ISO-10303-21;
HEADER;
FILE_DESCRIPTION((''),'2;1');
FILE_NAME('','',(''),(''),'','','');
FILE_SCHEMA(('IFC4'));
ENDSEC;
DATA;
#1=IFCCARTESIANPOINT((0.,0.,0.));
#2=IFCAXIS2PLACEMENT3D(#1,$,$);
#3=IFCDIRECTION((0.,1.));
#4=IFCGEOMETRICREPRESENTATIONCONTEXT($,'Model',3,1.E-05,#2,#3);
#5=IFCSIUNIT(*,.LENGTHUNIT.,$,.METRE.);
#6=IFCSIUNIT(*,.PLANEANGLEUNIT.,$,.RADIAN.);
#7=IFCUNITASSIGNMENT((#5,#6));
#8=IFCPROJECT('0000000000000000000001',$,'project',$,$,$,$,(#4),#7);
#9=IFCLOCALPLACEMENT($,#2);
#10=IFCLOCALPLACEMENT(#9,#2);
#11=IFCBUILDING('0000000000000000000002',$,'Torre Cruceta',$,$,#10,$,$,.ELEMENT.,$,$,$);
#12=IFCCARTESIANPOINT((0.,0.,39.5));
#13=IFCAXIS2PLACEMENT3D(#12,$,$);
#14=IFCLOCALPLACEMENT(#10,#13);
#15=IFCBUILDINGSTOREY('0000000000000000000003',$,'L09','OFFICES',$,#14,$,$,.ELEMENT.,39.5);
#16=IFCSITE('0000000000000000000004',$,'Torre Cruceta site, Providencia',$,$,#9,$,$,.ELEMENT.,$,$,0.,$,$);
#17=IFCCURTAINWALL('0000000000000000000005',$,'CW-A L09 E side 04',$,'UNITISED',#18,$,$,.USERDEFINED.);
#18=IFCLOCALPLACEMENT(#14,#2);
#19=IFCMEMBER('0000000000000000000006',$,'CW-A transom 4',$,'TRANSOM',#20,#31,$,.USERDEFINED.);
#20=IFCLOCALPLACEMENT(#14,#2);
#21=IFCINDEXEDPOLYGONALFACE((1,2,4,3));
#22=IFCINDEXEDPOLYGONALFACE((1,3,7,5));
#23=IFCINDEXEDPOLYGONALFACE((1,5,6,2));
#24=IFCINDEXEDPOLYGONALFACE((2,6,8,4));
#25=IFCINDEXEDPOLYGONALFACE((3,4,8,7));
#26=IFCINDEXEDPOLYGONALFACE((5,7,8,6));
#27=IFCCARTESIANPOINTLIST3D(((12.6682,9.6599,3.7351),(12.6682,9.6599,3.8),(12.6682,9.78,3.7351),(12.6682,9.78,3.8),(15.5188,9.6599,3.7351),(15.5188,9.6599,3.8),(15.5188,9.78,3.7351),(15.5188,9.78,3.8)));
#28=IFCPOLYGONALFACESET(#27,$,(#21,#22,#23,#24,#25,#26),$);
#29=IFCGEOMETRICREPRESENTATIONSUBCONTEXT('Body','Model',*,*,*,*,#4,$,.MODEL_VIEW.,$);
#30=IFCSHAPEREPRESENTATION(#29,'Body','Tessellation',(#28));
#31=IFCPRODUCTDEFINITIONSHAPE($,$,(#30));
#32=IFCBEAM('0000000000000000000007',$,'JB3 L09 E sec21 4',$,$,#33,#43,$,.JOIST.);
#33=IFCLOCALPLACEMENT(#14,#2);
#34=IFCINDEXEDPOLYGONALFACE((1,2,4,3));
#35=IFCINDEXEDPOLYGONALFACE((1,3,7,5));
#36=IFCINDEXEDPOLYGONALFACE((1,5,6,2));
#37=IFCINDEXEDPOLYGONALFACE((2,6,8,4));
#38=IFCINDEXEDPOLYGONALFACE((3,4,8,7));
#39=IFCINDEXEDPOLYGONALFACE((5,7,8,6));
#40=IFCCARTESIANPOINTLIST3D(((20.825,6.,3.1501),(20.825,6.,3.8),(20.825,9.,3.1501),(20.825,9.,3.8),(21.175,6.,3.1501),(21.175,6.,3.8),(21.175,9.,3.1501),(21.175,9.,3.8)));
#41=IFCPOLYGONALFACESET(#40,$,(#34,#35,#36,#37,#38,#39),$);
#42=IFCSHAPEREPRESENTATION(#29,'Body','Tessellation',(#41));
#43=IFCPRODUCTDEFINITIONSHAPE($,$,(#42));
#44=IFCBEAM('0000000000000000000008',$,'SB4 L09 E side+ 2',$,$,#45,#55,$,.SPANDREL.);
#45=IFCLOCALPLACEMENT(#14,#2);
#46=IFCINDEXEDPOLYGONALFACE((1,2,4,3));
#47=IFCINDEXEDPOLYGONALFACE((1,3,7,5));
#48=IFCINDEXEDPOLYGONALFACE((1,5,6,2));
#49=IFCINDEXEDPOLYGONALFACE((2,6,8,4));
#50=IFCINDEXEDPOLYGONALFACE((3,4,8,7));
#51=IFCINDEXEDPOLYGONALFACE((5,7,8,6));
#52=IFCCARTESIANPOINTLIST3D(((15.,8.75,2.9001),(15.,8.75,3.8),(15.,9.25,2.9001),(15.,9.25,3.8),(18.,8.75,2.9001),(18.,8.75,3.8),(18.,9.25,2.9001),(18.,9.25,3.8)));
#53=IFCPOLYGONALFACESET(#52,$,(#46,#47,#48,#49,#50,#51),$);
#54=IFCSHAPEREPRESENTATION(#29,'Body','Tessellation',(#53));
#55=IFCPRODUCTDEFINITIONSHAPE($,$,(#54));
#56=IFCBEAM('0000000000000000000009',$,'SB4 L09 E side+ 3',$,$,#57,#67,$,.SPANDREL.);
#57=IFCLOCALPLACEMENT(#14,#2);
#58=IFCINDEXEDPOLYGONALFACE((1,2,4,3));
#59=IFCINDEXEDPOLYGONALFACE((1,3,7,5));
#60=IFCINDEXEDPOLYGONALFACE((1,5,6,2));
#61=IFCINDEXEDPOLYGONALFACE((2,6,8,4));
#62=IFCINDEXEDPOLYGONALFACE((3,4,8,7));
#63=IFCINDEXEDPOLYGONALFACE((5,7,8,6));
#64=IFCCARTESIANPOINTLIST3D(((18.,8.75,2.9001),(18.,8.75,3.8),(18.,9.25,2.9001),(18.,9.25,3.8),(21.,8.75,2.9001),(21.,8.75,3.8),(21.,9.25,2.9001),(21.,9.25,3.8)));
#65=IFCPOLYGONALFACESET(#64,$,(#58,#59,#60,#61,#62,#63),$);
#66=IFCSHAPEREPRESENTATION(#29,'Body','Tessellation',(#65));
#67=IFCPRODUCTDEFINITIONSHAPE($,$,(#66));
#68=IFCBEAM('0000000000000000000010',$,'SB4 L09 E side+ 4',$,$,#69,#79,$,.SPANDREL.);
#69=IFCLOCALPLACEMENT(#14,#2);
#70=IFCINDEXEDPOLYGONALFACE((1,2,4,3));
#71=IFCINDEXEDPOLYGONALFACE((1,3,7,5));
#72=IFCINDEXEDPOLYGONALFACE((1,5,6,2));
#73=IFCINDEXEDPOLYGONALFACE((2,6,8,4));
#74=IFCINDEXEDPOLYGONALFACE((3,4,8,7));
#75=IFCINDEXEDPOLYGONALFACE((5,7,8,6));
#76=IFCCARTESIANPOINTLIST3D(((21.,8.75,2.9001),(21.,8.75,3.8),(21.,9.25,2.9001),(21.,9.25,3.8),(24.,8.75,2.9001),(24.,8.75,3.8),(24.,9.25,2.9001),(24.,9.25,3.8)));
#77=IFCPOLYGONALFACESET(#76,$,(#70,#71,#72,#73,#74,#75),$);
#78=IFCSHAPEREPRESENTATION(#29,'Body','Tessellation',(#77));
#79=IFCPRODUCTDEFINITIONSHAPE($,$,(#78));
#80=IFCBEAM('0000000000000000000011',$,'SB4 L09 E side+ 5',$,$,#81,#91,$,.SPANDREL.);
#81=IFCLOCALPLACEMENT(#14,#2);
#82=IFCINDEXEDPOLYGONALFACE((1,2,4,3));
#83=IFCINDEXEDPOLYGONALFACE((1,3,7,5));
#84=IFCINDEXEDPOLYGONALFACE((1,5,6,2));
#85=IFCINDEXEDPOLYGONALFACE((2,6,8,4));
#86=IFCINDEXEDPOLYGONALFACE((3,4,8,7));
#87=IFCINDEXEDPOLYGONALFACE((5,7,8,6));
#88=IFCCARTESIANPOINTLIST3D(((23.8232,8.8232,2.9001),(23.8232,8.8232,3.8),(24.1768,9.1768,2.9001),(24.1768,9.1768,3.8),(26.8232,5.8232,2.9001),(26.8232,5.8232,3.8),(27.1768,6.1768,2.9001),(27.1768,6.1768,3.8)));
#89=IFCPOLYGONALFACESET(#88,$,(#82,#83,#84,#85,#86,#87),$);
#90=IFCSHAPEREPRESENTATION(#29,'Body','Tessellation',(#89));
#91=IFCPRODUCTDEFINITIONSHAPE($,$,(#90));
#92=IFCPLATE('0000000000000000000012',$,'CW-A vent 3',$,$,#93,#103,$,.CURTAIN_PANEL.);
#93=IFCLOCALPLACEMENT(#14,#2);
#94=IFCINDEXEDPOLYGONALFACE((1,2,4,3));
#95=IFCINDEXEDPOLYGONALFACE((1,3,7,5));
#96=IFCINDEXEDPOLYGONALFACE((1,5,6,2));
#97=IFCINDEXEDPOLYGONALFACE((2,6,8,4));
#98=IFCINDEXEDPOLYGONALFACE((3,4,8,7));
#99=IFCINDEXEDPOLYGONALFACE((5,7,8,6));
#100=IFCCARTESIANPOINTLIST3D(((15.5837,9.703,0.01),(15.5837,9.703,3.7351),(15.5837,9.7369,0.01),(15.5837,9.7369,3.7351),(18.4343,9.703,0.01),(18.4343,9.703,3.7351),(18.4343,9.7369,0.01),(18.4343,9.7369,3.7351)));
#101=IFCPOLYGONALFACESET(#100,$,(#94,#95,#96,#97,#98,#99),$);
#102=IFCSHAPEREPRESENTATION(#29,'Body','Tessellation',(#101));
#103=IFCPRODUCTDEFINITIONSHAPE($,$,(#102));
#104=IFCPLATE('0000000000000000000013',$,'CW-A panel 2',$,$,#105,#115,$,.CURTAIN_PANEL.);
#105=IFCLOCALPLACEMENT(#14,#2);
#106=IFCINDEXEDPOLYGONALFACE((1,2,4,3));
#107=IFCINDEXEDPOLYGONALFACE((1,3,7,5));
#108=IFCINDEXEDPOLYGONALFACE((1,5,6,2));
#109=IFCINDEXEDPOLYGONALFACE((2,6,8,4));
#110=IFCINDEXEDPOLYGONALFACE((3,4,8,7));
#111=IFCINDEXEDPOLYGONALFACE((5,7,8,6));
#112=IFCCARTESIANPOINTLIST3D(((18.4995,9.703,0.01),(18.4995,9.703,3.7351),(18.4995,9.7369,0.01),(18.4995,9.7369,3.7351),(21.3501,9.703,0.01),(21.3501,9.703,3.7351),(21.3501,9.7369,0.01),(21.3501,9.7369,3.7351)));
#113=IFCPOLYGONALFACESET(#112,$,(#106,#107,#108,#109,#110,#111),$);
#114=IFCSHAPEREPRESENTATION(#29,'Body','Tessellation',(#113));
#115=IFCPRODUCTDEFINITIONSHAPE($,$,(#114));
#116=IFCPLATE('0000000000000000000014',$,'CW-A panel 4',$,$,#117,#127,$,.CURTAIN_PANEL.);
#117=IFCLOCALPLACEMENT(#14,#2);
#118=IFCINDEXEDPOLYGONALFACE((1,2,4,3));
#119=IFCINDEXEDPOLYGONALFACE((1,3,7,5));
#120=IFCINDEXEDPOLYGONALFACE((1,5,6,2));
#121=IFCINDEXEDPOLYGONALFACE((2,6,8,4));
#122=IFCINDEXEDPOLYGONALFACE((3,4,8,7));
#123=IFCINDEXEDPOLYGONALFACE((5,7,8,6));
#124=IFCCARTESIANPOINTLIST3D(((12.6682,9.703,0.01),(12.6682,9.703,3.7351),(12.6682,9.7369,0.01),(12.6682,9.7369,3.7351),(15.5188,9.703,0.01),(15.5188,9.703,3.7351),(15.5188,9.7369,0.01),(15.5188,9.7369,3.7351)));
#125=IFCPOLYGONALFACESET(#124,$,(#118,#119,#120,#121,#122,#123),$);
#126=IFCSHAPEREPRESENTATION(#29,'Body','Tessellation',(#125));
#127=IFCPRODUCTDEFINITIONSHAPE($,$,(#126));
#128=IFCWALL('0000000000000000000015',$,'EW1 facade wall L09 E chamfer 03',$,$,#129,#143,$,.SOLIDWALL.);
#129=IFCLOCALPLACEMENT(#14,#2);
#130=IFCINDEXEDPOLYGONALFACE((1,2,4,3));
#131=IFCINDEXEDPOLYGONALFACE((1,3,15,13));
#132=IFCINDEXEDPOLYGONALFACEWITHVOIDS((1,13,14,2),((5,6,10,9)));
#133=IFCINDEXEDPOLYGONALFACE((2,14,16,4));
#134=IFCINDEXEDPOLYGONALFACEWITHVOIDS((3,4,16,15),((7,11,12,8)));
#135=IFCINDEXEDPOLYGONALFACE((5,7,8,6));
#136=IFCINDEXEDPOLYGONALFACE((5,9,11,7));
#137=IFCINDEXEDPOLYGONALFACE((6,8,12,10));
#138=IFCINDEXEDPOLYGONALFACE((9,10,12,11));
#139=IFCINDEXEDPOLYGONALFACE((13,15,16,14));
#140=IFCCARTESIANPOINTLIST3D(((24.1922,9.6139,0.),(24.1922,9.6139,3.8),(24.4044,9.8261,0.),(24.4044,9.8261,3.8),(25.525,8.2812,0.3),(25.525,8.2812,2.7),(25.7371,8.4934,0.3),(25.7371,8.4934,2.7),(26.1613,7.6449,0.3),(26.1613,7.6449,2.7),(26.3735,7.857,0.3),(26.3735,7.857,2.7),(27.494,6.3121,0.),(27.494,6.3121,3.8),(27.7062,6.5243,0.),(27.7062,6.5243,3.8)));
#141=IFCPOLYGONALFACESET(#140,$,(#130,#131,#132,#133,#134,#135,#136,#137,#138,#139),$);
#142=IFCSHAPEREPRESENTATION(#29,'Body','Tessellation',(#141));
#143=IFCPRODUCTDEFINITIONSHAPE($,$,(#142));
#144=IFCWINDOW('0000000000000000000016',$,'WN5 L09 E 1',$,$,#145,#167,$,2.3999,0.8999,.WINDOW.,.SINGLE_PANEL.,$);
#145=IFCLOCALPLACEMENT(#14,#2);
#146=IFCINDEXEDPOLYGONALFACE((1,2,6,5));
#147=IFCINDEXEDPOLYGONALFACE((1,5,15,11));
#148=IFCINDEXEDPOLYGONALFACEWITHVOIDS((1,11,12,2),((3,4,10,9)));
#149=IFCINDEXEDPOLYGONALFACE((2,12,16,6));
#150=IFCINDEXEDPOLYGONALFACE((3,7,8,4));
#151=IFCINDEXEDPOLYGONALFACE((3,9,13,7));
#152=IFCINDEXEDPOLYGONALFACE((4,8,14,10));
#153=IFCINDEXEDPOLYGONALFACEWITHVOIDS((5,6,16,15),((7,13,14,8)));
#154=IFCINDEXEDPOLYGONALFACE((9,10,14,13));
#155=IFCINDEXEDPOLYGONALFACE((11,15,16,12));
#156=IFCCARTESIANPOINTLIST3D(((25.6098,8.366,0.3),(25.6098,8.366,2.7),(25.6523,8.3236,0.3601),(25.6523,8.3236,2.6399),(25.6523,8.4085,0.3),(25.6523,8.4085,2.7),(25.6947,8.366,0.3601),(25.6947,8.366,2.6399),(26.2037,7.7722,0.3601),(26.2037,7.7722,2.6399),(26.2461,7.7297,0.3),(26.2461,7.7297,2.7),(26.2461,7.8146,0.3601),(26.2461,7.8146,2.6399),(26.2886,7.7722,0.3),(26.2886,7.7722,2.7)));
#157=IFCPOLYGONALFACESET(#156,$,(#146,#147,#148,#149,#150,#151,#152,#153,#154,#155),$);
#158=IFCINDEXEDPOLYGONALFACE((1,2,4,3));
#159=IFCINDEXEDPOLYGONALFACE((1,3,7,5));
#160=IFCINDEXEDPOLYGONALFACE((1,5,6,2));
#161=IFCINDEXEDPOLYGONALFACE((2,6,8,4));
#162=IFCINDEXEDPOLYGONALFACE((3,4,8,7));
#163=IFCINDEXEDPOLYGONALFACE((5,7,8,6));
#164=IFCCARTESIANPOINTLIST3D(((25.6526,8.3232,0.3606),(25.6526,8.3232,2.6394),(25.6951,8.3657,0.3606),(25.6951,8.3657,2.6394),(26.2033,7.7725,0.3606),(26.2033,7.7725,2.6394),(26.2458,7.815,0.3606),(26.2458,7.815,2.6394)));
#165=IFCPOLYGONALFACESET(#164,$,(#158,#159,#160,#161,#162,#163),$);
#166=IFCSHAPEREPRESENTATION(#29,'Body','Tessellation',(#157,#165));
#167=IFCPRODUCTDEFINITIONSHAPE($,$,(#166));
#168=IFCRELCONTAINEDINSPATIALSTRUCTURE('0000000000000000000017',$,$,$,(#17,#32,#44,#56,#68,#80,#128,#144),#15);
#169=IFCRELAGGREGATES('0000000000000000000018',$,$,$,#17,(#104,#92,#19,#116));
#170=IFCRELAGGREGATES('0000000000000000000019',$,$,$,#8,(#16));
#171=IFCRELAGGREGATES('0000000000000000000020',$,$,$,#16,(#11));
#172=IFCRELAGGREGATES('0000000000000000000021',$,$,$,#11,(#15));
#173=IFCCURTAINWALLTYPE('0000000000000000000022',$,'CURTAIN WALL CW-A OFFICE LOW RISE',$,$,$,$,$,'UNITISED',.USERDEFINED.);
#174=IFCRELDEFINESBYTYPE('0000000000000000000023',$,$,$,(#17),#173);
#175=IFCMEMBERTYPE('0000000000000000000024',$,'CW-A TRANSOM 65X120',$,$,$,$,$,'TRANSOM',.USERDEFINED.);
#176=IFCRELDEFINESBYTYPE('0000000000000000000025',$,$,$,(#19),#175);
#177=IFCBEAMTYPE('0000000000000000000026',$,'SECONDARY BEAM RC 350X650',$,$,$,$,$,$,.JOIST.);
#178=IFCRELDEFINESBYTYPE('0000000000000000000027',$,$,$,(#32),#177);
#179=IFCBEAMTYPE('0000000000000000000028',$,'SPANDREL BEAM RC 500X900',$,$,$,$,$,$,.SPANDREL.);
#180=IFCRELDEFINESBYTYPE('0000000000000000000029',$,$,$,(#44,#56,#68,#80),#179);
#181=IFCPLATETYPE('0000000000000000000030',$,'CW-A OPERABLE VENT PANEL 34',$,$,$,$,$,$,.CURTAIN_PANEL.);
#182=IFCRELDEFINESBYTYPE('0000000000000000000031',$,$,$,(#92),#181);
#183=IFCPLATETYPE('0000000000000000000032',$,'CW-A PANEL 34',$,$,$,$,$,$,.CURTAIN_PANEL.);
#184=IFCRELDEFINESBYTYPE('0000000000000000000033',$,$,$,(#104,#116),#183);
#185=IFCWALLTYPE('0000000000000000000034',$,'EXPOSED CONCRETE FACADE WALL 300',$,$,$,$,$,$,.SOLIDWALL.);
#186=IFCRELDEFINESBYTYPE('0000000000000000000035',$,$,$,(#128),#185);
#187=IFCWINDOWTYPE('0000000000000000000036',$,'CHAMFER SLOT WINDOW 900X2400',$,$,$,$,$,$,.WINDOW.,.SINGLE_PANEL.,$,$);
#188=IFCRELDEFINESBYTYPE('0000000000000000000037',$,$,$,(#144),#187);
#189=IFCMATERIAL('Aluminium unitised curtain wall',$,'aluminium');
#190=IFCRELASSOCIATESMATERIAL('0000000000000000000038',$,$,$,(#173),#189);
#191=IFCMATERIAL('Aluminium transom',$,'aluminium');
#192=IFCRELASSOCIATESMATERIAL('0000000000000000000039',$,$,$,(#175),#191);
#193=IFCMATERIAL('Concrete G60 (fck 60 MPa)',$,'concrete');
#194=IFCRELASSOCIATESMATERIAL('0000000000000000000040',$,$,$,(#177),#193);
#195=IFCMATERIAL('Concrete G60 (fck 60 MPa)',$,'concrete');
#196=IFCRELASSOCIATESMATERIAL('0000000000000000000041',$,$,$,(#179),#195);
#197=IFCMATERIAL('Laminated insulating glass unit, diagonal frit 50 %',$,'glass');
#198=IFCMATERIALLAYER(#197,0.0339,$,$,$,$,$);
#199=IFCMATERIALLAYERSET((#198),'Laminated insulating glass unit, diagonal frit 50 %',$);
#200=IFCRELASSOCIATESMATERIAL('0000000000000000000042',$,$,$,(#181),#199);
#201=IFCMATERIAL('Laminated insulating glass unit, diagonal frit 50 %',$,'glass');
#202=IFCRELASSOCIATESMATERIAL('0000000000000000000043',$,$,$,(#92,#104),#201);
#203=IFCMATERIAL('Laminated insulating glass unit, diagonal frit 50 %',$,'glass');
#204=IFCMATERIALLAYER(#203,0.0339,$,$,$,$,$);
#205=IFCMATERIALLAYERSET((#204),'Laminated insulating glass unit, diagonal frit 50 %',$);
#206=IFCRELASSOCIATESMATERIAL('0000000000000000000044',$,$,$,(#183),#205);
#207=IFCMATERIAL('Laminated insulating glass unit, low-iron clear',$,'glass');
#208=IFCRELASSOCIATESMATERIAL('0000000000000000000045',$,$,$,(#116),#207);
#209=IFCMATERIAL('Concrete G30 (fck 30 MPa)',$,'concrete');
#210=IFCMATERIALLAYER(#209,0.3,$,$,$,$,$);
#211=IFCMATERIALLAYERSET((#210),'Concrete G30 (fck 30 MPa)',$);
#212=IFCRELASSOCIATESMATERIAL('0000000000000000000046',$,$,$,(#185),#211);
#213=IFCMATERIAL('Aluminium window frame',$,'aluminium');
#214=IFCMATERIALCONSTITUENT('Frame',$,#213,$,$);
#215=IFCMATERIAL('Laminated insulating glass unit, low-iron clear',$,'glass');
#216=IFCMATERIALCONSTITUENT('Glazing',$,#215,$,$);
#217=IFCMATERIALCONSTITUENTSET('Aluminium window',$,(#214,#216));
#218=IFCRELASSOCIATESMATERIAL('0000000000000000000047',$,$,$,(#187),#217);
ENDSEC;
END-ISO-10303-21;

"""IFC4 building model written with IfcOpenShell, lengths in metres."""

from ifc_helpers import new_model, si_unit, direction, frame, frame_2d, origin, origin_2d, place, context, subcontext, project, spatial, rectangle, hollow_rectangle, extrude, material, layer, layer_set, constituent, constituent_set, material_profile, profile_set, type_object, element, fill, aggregate, save


model = new_model("IFC4")

# Units and contexts
model_context = context("Model", 3, precision=1e-05, world=origin(), true_north=direction((0.0, 1.0)))
body_context = subcontext(model_context, "Body", "Model", "MODEL_VIEW")
ifc_project = project(units=[si_unit("LENGTHUNIT", "METRE"), si_unit("PLANEANGLEUNIT", "RADIAN")], contexts=[model_context])

# Site, building, storey
site_placement = place(None, origin())
site = spatial("IfcSite", under=ifc_project, at=site_placement, Name="Torre Cruceta site, Providencia", CompositionType="ELEMENT", RefElevation=0.0)
building_placement = place(site_placement, origin())
building = spatial("IfcBuilding", under=site, at=building_placement, Name="Torre Cruceta", CompositionType="ELEMENT")
storey_placement = place(building_placement, frame((0.0, 0.0, 39.5)))
storey = spatial("IfcBuildingStorey", under=building, at=storey_placement, Name="L09", Description="OFFICES", CompositionType="ELEMENT", Elevation=39.5)

# Curtain wall, member
ifc_material_1 = material(Name="Aluminium unitised curtain wall", Category="aluminium")
curtain_wall_type = type_object("IfcCurtainWallType", Name="CURTAIN WALL CW-A OFFICE LOW RISE", ElementType="UNITISED", PredefinedType="USERDEFINED", material=ifc_material_1)
curtain_wall_placement = place(storey_placement, origin())
curtain_wall = element("IfcCurtainWall", 1, at=curtain_wall_placement, inside=storey, type_object=curtain_wall_type, Name="CW-A L09 E side 04", ObjectType="UNITISED", PredefinedType="USERDEFINED")
ifc_material_2 = material(Name="Aluminium transom", Category="aluminium")
ifc_material_profile_1 = material_profile(ifc_material_2, rectangle(XDim=0.1201, YDim=0.0649, at=origin_2d()), Name="AL 120X65")
ifc_profile_set_1 = profile_set([ifc_material_profile_1], Name="Aluminium transom")
member_type_1 = type_object("IfcMemberType", Name="CW-A TRANSOM 65X120", ElementType="TRANSOM", PredefinedType="USERDEFINED", material=ifc_profile_set_1)
member_1_placement = place(storey_placement, frame((15.5188, 9.72, 3.7676), z_axis=(-1.0, 0.0, 0.0), x_axis=(0.0, -1.0, 0.0)))
member_1 = element("IfcMember", 2, at=member_1_placement, type_object=member_type_1, Name="CW-A transom 4", ObjectType="TRANSOM", PredefinedType="USERDEFINED", context=body_context, shape_type="SweptSolid", body=[
    extrude(rectangle(XDim=0.1201, YDim=0.0649, at=origin_2d()), origin(), (0.0, 0.0, 1.0), 2.8506),
])

# Beams
ifc_material_3 = material(Name="Concrete G60 (fck 60 MPa)", Category="concrete")
ifc_material_profile_2 = material_profile(ifc_material_3, rectangle(XDim=0.3501, YDim=0.6499, at=origin_2d()), Name="RC 350X650")
ifc_profile_set_2 = profile_set([ifc_material_profile_2], Name="Concrete G60 (fck 60 MPa)")
beam_type_1 = type_object("IfcBeamType", Name="SECONDARY BEAM RC 350X650", PredefinedType="JOIST", material=ifc_profile_set_2)
beam_1_placement = place(storey_placement, frame((21.0, 6.0, 3.4751), z_axis=(0.0, 1.0, 0.0), x_axis=(-1.0, 0.0, 0.0)))
element("IfcBeam", 3, at=beam_1_placement, inside=storey, type_object=beam_type_1, Name="JB3 L09 E sec21 4", PredefinedType="JOIST", context=body_context, shape_type="SweptSolid", body=[
    extrude(rectangle(XDim=0.3501, YDim=0.6499, at=origin_2d()), origin(), (0.0, 0.0, 1.0), 3.0),
])
ifc_material_4 = material(Name="Concrete G60 (fck 60 MPa)", Category="concrete")
ifc_material_profile_3 = material_profile(ifc_material_4, rectangle(XDim=0.5, YDim=0.8999, at=origin_2d()), Name="RC 500X900")
ifc_profile_set_3 = profile_set([ifc_material_profile_3], Name="Concrete G60 (fck 60 MPa)")
beam_type_2 = type_object("IfcBeamType", Name="SPANDREL BEAM RC 500X900", PredefinedType="SPANDREL", material=ifc_profile_set_3)
for number, where, z_axis, x_axis, name in (
    (4, (15.0, 9.0, 3.3501), (1.0, 0.0, 0.0), (0.0, 1.0, 0.0), "SB4 L09 E side+ 2"),
    (5, (18.0, 9.0, 3.3501), (1.0, 0.0, 0.0), (0.0, 1.0, 0.0), "SB4 L09 E side+ 3"),
    (6, (21.0, 9.0, 3.3501), (1.0, 0.0, 0.0), (0.0, 1.0, 0.0), "SB4 L09 E side+ 4"),
):
    element("IfcBeam", number, at=place(storey_placement, frame(where, z_axis=z_axis, x_axis=x_axis)), inside=storey, type_object=beam_type_2, Name=name, PredefinedType="SPANDREL", context=body_context, shape_type="SweptSolid", body=[
        extrude(rectangle(XDim=0.5, YDim=0.8999, at=origin_2d()), origin(), (0.0, 0.0, 1.0), 3.0),
    ])
beam_2_placement = place(storey_placement, frame((24.0, 9.0, 3.3501), z_axis=(0.707107, -0.707107, 0.0), x_axis=(0.707107, 0.707107, 0.0)))
element("IfcBeam", 7, at=beam_2_placement, inside=storey, type_object=beam_type_2, Name="SB4 L09 E side+ 5", PredefinedType="SPANDREL", context=body_context, shape_type="SweptSolid", body=[
    extrude(rectangle(XDim=0.5, YDim=0.8999, at=origin_2d()), origin(), (0.0, 0.0, 1.0), 4.2427),
])

# Plates
ifc_material_5 = material(Name="Laminated insulating glass unit, diagonal frit 50 %", Category="glass")
ifc_material_6 = material(Name="Laminated insulating glass unit, diagonal frit 50 %", Category="glass")
ifc_layer_1 = layer(ifc_material_6, 0.0339)
ifc_layer_set_1 = layer_set([ifc_layer_1], Name="Laminated insulating glass unit, diagonal frit 50 %")
plate_type_1 = type_object("IfcPlateType", Name="CW-A OPERABLE VENT PANEL 34", PredefinedType="CURTAIN_PANEL", material=ifc_layer_set_1)
plate_1_placement = place(storey_placement, frame((17.009, 9.72, 0.01), z_axis=(0.0, 0.0, 1.0), x_axis=(-1.0, 0.0, 0.0)))
plate_1 = element("IfcPlate", 8, at=plate_1_placement, type_object=plate_type_1, material=ifc_material_5, Name="CW-A vent 3", PredefinedType="CURTAIN_PANEL", context=body_context, shape_type="SweptSolid", body=[
    extrude(rectangle(XDim=2.8506, YDim=0.0339, at=origin_2d()), origin(), (0.0, 0.0, 1.0), 3.7251),
])
ifc_material_7 = material(Name="Laminated insulating glass unit, diagonal frit 50 %", Category="glass")
ifc_layer_2 = layer(ifc_material_7, 0.0339)
ifc_layer_set_2 = layer_set([ifc_layer_2], Name="Laminated insulating glass unit, diagonal frit 50 %")
plate_type_2 = type_object("IfcPlateType", Name="CW-A PANEL 34", PredefinedType="CURTAIN_PANEL", material=ifc_layer_set_2)
plate_2_placement = place(storey_placement, frame((19.9248, 9.72, 0.01), z_axis=(0.0, 0.0, 1.0), x_axis=(-1.0, 0.0, 0.0)))
plate_2 = element("IfcPlate", 9, at=plate_2_placement, type_object=plate_type_2, material=ifc_material_5, Name="CW-A panel 2", PredefinedType="CURTAIN_PANEL", context=body_context, shape_type="SweptSolid", body=[
    extrude(rectangle(XDim=2.8506, YDim=0.0339, at=origin_2d()), origin(), (0.0, 0.0, 1.0), 3.7251),
])
ifc_material_8 = material(Name="Laminated insulating glass unit, low-iron clear", Category="glass")
plate_3_placement = place(storey_placement, frame((14.0935, 9.72, 0.01), z_axis=(0.0, 0.0, 1.0), x_axis=(-1.0, 0.0, 0.0)))
plate_3 = element("IfcPlate", 10, at=plate_3_placement, type_object=plate_type_2, material=ifc_material_8, Name="CW-A panel 4", PredefinedType="CURTAIN_PANEL", context=body_context, shape_type="SweptSolid", body=[
    extrude(rectangle(XDim=2.8506, YDim=0.0339, at=origin_2d()), origin(), (0.0, 0.0, 1.0), 3.7251),
])
aggregate(curtain_wall, [plate_2, plate_1, member_1, plate_3])

# Wall, opening, window
ifc_material_9 = material(Name="Concrete G30 (fck 30 MPa)", Category="concrete")
ifc_layer_3 = layer(ifc_material_9, 0.3)
ifc_layer_set_3 = layer_set([ifc_layer_3], Name="Concrete G30 (fck 30 MPa)")
wall_type_1 = type_object("IfcWallType", Name="EXPOSED CONCRETE FACADE WALL 300", PredefinedType="SOLIDWALL", material=ifc_layer_set_3)
wall_1_placement = place(storey_placement, frame((27.6001, 6.4182, 0.0), z_axis=(0.0, 0.0, 1.0), x_axis=(-0.707107, 0.707107, 0.0)))
wall_1 = element("IfcWall", 11, at=wall_1_placement, inside=storey, type_object=wall_type_1, Name="EW1 facade wall L09 E chamfer 03", PredefinedType="SOLIDWALL", context=body_context, shape_type="SweptSolid", body=[
    extrude(rectangle(XDim=4.6694, YDim=0.3, at=frame_2d((2.3347, 0.0))), origin(), (0.0, 0.0, 1.0), 3.8),
])
opening_1_placement = place(wall_1_placement, frame((1.8848, 0.0, 0.3)))
opening_1 = element("IfcOpeningElement", 12, at=opening_1_placement, cuts=wall_1, PredefinedType="OPENING", context=body_context, shape_type="SweptSolid", body=[
    extrude(rectangle(XDim=0.8999, YDim=2.3999, at=frame_2d((0.45, 1.2))), frame((0.0, 0.1599, 0.0), z_axis=(0.0, -1.0, 0.0), x_axis=(1.0, 0.0, 0.0)), (0.0, 0.0, 1.0), 0.3201),
])
ifc_material_10 = material(Name="Aluminium window frame", Category="aluminium")
ifc_constituent_1 = constituent(ifc_material_10, Name="Frame")
ifc_material_11 = material(Name="Laminated insulating glass unit, low-iron clear", Category="glass")
ifc_constituent_2 = constituent(ifc_material_11, Name="Glazing")
ifc_constituent_set_1 = constituent_set(constituents=[ifc_constituent_1, ifc_constituent_2], Name="Aluminium window")
window_type = type_object("IfcWindowType", Name="CHAMFER SLOT WINDOW 900X2400", PartitioningType="SINGLE_PANEL", PredefinedType="WINDOW", material=ifc_constituent_set_1)
window_placement = place(opening_1_placement, origin())
window = element("IfcWindow", 13, at=window_placement, inside=storey, type_object=window_type, Name="WN5 L09 E 1", OverallHeight=2.3999, OverallWidth=0.8999, PartitioningType="SINGLE_PANEL", PredefinedType="WINDOW", context=body_context, shape_type="SweptSolid", body=[
    extrude(hollow_rectangle(XDim=0.8999, YDim=2.3999, WallThickness=0.0601, at=frame_2d((0.45, 1.2))), frame((0.0, 0.03, 0.0), z_axis=(0.0, -1.0, 0.0), x_axis=(1.0, 0.0, 0.0)), (0.0, 0.0, 1.0), 0.0601),
    extrude(rectangle(XDim=0.7788, YDim=2.2788, at=frame_2d((0.45, 1.2))), frame((0.0, 0.03, 0.0), z_axis=(0.0, -1.0, 0.0), x_axis=(1.0, 0.0, 0.0)), (0.0, 0.0, 1.0), 0.0601),
])
fill(opening_1, window)

save(model, "model.ifc")
